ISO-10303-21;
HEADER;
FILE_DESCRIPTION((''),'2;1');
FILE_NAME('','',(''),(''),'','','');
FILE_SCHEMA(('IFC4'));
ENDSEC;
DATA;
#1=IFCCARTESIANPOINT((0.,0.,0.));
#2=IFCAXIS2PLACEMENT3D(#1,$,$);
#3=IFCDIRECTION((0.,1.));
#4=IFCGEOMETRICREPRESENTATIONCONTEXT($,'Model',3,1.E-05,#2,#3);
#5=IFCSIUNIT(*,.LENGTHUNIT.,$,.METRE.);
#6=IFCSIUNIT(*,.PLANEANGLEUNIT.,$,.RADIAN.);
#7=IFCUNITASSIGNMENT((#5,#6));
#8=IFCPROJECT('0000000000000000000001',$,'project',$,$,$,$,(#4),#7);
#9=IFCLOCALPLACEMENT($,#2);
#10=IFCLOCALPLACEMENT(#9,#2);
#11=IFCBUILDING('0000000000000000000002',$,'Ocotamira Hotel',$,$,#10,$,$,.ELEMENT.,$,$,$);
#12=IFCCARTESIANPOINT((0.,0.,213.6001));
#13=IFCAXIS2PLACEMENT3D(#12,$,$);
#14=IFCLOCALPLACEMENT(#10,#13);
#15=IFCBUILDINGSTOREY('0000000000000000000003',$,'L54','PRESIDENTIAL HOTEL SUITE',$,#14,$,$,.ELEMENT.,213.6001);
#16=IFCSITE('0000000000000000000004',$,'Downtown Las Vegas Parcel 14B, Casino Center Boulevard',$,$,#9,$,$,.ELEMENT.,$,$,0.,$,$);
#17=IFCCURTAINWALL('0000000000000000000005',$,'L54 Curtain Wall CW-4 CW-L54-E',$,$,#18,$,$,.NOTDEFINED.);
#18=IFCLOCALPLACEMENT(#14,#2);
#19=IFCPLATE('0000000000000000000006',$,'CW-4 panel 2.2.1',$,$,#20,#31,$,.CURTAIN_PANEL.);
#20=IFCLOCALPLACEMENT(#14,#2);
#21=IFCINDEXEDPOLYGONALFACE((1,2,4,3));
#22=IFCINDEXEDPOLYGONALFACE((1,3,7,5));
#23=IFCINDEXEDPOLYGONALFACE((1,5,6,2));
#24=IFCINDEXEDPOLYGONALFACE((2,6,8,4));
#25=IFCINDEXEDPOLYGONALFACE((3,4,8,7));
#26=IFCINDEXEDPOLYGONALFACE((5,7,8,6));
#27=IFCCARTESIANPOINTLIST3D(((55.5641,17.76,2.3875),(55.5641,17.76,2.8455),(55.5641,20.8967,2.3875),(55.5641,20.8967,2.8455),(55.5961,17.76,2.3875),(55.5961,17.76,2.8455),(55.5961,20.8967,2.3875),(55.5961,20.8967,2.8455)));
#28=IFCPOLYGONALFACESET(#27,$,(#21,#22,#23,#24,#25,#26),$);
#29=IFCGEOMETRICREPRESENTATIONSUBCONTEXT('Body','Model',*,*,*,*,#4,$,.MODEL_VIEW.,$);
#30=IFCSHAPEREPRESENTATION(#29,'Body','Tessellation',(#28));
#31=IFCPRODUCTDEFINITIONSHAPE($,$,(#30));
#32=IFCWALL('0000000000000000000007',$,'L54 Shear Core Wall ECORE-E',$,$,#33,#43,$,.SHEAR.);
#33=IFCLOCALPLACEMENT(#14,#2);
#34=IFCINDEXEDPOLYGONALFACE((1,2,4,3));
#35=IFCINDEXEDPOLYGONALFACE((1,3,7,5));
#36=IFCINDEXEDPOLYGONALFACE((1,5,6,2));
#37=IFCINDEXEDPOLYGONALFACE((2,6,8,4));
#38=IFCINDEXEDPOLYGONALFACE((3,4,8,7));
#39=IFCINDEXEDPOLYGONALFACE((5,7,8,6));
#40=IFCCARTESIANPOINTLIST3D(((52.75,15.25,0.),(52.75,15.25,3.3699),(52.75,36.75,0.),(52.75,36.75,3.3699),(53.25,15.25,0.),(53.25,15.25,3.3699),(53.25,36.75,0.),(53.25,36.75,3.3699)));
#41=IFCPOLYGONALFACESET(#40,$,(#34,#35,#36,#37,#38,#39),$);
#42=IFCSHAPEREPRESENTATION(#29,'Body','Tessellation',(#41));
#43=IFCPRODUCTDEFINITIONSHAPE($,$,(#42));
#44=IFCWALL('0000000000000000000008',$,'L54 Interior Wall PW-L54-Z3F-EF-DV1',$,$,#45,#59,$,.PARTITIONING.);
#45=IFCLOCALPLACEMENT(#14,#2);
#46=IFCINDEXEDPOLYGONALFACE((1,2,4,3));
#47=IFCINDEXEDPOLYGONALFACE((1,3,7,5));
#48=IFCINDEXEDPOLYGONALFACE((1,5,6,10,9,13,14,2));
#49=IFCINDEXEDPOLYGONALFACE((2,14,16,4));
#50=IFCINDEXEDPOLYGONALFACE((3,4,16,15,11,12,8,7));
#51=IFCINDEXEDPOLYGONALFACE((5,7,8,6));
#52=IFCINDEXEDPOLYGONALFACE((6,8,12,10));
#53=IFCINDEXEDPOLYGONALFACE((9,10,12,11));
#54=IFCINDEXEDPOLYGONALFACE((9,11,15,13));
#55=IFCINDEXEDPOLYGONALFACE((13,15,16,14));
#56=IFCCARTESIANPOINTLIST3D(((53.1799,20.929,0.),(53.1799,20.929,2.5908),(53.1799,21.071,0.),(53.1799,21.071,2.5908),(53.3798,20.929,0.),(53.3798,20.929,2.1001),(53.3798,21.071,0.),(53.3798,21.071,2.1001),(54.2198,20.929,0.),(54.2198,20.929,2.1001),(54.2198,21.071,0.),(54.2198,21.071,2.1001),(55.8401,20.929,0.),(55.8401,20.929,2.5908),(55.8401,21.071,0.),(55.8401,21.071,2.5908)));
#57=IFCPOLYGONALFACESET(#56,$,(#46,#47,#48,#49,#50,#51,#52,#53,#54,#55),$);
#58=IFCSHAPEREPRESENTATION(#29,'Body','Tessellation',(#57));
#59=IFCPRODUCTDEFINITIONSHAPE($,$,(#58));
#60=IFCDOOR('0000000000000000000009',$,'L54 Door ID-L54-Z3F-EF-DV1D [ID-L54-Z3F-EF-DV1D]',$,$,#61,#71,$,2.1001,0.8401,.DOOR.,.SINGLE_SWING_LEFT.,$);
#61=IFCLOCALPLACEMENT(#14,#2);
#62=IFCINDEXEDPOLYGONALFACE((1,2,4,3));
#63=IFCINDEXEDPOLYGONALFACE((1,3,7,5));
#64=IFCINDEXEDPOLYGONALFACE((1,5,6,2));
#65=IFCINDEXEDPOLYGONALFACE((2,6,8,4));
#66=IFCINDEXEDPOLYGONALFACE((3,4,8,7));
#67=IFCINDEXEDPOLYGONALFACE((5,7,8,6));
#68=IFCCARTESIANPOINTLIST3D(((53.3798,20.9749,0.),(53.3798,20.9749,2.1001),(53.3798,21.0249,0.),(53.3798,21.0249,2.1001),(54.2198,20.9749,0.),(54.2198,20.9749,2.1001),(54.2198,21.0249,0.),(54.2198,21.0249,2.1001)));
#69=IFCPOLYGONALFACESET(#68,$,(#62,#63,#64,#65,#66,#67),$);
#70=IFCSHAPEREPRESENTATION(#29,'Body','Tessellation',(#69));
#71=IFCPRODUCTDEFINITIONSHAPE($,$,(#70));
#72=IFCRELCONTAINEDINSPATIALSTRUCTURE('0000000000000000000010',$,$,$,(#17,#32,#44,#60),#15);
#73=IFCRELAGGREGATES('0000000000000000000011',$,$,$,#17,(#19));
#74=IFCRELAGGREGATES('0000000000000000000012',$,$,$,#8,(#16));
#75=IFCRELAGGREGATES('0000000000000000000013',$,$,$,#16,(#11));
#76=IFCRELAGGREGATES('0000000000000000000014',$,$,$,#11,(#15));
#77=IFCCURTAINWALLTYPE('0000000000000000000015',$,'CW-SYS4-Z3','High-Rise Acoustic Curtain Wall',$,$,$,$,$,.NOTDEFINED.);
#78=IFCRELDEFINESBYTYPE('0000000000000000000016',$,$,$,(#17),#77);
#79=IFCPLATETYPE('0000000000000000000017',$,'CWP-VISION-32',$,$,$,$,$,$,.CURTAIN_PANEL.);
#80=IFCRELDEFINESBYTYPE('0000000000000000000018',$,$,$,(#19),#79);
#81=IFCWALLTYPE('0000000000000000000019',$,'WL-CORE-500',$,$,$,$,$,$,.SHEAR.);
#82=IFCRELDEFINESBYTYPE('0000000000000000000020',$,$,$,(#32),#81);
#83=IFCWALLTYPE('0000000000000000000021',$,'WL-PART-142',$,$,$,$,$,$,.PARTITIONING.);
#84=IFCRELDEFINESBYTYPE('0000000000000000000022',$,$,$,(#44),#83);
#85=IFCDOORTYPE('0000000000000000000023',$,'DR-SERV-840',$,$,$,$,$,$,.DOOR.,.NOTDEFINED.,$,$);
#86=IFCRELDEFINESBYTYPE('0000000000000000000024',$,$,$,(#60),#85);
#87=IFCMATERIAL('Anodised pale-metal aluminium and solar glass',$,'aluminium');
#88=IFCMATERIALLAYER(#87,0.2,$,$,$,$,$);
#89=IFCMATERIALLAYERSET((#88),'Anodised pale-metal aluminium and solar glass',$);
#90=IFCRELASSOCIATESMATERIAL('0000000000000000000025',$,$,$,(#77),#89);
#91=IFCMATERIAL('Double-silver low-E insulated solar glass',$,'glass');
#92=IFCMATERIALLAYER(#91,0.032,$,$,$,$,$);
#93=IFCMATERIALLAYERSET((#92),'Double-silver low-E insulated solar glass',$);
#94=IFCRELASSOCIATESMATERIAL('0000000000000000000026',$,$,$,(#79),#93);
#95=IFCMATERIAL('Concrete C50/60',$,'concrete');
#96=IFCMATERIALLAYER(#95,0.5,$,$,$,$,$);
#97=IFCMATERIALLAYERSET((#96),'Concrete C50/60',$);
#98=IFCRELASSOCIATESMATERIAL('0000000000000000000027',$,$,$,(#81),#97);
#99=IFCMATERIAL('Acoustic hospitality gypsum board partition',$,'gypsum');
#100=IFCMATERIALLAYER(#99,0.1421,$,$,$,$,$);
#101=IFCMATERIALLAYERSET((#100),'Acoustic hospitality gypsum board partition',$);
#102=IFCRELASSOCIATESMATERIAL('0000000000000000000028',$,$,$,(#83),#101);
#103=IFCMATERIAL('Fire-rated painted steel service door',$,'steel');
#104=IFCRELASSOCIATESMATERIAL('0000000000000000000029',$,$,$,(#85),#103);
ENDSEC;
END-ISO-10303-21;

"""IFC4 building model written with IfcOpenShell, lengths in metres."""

from ifc_helpers import new_model, si_unit, direction, frame, frame_2d, origin, origin_2d, place, context, subcontext, project, spatial, rectangle, extrude, source, transform, mapped, material, layer, layer_set, type_object, element, fill, aggregate, save


model = new_model("IFC4")

# Units and contexts
model_context = context("Model", 3, precision=1e-05, world=origin(), true_north=direction((0.0, 1.0)))
body_context = subcontext(model_context, "Body", "Model", "MODEL_VIEW")
ifc_project = project(units=[si_unit("LENGTHUNIT", "METRE"), si_unit("PLANEANGLEUNIT", "RADIAN")], contexts=[model_context])

# Site, building, storey
site_placement = place(None, origin())
site = spatial("IfcSite", under=ifc_project, at=site_placement, Name="Downtown Las Vegas Parcel 14B, Casino Center Boulevard", CompositionType="ELEMENT", RefElevation=0.0)
building_placement = place(site_placement, origin())
building = spatial("IfcBuilding", under=site, at=building_placement, Name="Ocotamira Hotel", CompositionType="ELEMENT")
storey_placement = place(building_placement, frame((0.0, 0.0, 213.6001)))
storey = spatial("IfcBuildingStorey", under=building, at=storey_placement, Name="L54", Description="PRESIDENTIAL HOTEL SUITE", CompositionType="ELEMENT", Elevation=213.6001)

# Curtain wall
ifc_material_1 = material(Name="Anodised pale-metal aluminium and solar glass", Category="aluminium")
ifc_layer_1 = layer(ifc_material_1, 0.2)
ifc_layer_set_1 = layer_set([ifc_layer_1], Name="Anodised pale-metal aluminium and solar glass")
curtain_wall_type = type_object("IfcCurtainWallType", Name="CW-SYS4-Z3", Description="High-Rise Acoustic Curtain Wall", PredefinedType="NOTDEFINED", material=ifc_layer_set_1)
curtain_wall_placement = place(storey_placement, origin())
curtain_wall = element("IfcCurtainWall", 1, at=curtain_wall_placement, inside=storey, type_object=curtain_wall_type, Name="L54 Curtain Wall CW-4 CW-L54-E", PredefinedType="NOTDEFINED")

# Plate
ifc_material_2 = material(Name="Double-silver low-E insulated solar glass", Category="glass")
ifc_layer_2 = layer(ifc_material_2, 0.032)
ifc_layer_set_2 = layer_set([ifc_layer_2], Name="Double-silver low-E insulated solar glass")
plate_type_1 = type_object("IfcPlateType", Name="CWP-VISION-32", PredefinedType="CURTAIN_PANEL", material=ifc_layer_set_2)
shared_shape_1 = source(origin(), body_context, "Body", "SweptSolid", [
    extrude(rectangle(XDim=3.1367, YDim=0.032, at=origin_2d()), origin(), (0.0, 0.0, 1.0), 0.458),
])
plate_1_placement = place(storey_placement, frame((55.5801, 19.3284, 2.3875), z_axis=(0.0, 0.0, 1.0), x_axis=(0.0, 1.0, 0.0)))
plate_1 = element("IfcPlate", 2, at=plate_1_placement, type_object=plate_type_1, Name="CW-4 panel 2.2.1", PredefinedType="CURTAIN_PANEL", context=body_context, shape_type="MappedRepresentation", body=[
    mapped(shared_shape_1, transform((0.0, 0.0, 0.0), scale=1.0)),
])
aggregate(curtain_wall, [plate_1])

# Wall
ifc_material_3 = material(Name="Concrete C50/60", Category="concrete")
ifc_layer_3 = layer(ifc_material_3, 0.5)
ifc_layer_set_3 = layer_set([ifc_layer_3], Name="Concrete C50/60")
wall_type_1 = type_object("IfcWallType", Name="WL-CORE-500", PredefinedType="SHEAR", material=ifc_layer_set_3)
wall_1_placement = place(storey_placement, frame((53.0, 15.25, 0.0), z_axis=(0.0, 0.0, 1.0), x_axis=(0.0, 1.0, 0.0)))
element("IfcWall", 3, at=wall_1_placement, inside=storey, type_object=wall_type_1, Name="L54 Shear Core Wall ECORE-E", PredefinedType="SHEAR", context=body_context, shape_type="SweptSolid", body=[
    extrude(rectangle(XDim=21.5, YDim=0.5, at=frame_2d((10.75, 0.0))), origin(), (0.0, 0.0, 1.0), 3.3699),
])

# Wall, opening, door
ifc_material_4 = material(Name="Acoustic hospitality gypsum board partition", Category="gypsum")
ifc_layer_4 = layer(ifc_material_4, 0.1421)
ifc_layer_set_4 = layer_set([ifc_layer_4], Name="Acoustic hospitality gypsum board partition")
wall_type_2 = type_object("IfcWallType", Name="WL-PART-142", PredefinedType="PARTITIONING", material=ifc_layer_set_4)
wall_2_placement = place(storey_placement, frame((53.1799, 21.0, 0.0), z_axis=(0.0, 0.0, 1.0), x_axis=(1.0, 0.0, 0.0)))
wall_2 = element("IfcWall", 4, at=wall_2_placement, inside=storey, type_object=wall_type_2, Name="L54 Interior Wall PW-L54-Z3F-EF-DV1", PredefinedType="PARTITIONING", context=body_context, shape_type="SweptSolid", body=[
    extrude(rectangle(XDim=2.6602, YDim=0.1421, at=frame_2d((1.3301, 0.0))), origin(), (0.0, 0.0, 1.0), 2.5908),
])
opening_1_placement = place(wall_2_placement, frame((0.2, 0.0, 0.0)))
opening_1 = element("IfcOpeningElement", 5, at=opening_1_placement, cuts=wall_2, PredefinedType="OPENING", context=body_context, shape_type="SweptSolid", body=[
    extrude(rectangle(XDim=0.8401, YDim=2.1001, at=frame_2d((0.4199, 1.05))), frame((0.0, 0.0811, 0.0), z_axis=(0.0, -1.0, 0.0), x_axis=(1.0, 0.0, 0.0)), (0.0, 0.0, 1.0), 0.1621),
])
ifc_material_5 = material(Name="Fire-rated painted steel service door", Category="steel")
door_type_1 = type_object("IfcDoorType", Name="DR-SERV-840", OperationType="NOTDEFINED", PredefinedType="DOOR", material=ifc_material_5)
shared_shape_2 = source(origin(), body_context, "Body", "SweptSolid", [
    extrude(rectangle(XDim=0.8401, YDim=2.1001, at=frame_2d((0.4199, 1.05))), frame((0.0, 0.0249, 0.0), z_axis=(0.0, -1.0, 0.0), x_axis=(1.0, 0.0, 0.0)), (0.0, 0.0, 1.0), 0.05),
])
door_1_placement = place(opening_1_placement, origin())
door_1 = element("IfcDoor", 6, at=door_1_placement, inside=storey, type_object=door_type_1, Name="L54 Door ID-L54-Z3F-EF-DV1D [ID-L54-Z3F-EF-DV1D]", OperationType="SINGLE_SWING_LEFT", OverallHeight=2.1001, OverallWidth=0.8401, PredefinedType="DOOR", context=body_context, shape_type="MappedRepresentation", body=[
    mapped(shared_shape_2, transform((0.0, 0.0, 0.0), scale=1.0)),
])
fill(opening_1, door_1)

save(model, "model.ifc")
